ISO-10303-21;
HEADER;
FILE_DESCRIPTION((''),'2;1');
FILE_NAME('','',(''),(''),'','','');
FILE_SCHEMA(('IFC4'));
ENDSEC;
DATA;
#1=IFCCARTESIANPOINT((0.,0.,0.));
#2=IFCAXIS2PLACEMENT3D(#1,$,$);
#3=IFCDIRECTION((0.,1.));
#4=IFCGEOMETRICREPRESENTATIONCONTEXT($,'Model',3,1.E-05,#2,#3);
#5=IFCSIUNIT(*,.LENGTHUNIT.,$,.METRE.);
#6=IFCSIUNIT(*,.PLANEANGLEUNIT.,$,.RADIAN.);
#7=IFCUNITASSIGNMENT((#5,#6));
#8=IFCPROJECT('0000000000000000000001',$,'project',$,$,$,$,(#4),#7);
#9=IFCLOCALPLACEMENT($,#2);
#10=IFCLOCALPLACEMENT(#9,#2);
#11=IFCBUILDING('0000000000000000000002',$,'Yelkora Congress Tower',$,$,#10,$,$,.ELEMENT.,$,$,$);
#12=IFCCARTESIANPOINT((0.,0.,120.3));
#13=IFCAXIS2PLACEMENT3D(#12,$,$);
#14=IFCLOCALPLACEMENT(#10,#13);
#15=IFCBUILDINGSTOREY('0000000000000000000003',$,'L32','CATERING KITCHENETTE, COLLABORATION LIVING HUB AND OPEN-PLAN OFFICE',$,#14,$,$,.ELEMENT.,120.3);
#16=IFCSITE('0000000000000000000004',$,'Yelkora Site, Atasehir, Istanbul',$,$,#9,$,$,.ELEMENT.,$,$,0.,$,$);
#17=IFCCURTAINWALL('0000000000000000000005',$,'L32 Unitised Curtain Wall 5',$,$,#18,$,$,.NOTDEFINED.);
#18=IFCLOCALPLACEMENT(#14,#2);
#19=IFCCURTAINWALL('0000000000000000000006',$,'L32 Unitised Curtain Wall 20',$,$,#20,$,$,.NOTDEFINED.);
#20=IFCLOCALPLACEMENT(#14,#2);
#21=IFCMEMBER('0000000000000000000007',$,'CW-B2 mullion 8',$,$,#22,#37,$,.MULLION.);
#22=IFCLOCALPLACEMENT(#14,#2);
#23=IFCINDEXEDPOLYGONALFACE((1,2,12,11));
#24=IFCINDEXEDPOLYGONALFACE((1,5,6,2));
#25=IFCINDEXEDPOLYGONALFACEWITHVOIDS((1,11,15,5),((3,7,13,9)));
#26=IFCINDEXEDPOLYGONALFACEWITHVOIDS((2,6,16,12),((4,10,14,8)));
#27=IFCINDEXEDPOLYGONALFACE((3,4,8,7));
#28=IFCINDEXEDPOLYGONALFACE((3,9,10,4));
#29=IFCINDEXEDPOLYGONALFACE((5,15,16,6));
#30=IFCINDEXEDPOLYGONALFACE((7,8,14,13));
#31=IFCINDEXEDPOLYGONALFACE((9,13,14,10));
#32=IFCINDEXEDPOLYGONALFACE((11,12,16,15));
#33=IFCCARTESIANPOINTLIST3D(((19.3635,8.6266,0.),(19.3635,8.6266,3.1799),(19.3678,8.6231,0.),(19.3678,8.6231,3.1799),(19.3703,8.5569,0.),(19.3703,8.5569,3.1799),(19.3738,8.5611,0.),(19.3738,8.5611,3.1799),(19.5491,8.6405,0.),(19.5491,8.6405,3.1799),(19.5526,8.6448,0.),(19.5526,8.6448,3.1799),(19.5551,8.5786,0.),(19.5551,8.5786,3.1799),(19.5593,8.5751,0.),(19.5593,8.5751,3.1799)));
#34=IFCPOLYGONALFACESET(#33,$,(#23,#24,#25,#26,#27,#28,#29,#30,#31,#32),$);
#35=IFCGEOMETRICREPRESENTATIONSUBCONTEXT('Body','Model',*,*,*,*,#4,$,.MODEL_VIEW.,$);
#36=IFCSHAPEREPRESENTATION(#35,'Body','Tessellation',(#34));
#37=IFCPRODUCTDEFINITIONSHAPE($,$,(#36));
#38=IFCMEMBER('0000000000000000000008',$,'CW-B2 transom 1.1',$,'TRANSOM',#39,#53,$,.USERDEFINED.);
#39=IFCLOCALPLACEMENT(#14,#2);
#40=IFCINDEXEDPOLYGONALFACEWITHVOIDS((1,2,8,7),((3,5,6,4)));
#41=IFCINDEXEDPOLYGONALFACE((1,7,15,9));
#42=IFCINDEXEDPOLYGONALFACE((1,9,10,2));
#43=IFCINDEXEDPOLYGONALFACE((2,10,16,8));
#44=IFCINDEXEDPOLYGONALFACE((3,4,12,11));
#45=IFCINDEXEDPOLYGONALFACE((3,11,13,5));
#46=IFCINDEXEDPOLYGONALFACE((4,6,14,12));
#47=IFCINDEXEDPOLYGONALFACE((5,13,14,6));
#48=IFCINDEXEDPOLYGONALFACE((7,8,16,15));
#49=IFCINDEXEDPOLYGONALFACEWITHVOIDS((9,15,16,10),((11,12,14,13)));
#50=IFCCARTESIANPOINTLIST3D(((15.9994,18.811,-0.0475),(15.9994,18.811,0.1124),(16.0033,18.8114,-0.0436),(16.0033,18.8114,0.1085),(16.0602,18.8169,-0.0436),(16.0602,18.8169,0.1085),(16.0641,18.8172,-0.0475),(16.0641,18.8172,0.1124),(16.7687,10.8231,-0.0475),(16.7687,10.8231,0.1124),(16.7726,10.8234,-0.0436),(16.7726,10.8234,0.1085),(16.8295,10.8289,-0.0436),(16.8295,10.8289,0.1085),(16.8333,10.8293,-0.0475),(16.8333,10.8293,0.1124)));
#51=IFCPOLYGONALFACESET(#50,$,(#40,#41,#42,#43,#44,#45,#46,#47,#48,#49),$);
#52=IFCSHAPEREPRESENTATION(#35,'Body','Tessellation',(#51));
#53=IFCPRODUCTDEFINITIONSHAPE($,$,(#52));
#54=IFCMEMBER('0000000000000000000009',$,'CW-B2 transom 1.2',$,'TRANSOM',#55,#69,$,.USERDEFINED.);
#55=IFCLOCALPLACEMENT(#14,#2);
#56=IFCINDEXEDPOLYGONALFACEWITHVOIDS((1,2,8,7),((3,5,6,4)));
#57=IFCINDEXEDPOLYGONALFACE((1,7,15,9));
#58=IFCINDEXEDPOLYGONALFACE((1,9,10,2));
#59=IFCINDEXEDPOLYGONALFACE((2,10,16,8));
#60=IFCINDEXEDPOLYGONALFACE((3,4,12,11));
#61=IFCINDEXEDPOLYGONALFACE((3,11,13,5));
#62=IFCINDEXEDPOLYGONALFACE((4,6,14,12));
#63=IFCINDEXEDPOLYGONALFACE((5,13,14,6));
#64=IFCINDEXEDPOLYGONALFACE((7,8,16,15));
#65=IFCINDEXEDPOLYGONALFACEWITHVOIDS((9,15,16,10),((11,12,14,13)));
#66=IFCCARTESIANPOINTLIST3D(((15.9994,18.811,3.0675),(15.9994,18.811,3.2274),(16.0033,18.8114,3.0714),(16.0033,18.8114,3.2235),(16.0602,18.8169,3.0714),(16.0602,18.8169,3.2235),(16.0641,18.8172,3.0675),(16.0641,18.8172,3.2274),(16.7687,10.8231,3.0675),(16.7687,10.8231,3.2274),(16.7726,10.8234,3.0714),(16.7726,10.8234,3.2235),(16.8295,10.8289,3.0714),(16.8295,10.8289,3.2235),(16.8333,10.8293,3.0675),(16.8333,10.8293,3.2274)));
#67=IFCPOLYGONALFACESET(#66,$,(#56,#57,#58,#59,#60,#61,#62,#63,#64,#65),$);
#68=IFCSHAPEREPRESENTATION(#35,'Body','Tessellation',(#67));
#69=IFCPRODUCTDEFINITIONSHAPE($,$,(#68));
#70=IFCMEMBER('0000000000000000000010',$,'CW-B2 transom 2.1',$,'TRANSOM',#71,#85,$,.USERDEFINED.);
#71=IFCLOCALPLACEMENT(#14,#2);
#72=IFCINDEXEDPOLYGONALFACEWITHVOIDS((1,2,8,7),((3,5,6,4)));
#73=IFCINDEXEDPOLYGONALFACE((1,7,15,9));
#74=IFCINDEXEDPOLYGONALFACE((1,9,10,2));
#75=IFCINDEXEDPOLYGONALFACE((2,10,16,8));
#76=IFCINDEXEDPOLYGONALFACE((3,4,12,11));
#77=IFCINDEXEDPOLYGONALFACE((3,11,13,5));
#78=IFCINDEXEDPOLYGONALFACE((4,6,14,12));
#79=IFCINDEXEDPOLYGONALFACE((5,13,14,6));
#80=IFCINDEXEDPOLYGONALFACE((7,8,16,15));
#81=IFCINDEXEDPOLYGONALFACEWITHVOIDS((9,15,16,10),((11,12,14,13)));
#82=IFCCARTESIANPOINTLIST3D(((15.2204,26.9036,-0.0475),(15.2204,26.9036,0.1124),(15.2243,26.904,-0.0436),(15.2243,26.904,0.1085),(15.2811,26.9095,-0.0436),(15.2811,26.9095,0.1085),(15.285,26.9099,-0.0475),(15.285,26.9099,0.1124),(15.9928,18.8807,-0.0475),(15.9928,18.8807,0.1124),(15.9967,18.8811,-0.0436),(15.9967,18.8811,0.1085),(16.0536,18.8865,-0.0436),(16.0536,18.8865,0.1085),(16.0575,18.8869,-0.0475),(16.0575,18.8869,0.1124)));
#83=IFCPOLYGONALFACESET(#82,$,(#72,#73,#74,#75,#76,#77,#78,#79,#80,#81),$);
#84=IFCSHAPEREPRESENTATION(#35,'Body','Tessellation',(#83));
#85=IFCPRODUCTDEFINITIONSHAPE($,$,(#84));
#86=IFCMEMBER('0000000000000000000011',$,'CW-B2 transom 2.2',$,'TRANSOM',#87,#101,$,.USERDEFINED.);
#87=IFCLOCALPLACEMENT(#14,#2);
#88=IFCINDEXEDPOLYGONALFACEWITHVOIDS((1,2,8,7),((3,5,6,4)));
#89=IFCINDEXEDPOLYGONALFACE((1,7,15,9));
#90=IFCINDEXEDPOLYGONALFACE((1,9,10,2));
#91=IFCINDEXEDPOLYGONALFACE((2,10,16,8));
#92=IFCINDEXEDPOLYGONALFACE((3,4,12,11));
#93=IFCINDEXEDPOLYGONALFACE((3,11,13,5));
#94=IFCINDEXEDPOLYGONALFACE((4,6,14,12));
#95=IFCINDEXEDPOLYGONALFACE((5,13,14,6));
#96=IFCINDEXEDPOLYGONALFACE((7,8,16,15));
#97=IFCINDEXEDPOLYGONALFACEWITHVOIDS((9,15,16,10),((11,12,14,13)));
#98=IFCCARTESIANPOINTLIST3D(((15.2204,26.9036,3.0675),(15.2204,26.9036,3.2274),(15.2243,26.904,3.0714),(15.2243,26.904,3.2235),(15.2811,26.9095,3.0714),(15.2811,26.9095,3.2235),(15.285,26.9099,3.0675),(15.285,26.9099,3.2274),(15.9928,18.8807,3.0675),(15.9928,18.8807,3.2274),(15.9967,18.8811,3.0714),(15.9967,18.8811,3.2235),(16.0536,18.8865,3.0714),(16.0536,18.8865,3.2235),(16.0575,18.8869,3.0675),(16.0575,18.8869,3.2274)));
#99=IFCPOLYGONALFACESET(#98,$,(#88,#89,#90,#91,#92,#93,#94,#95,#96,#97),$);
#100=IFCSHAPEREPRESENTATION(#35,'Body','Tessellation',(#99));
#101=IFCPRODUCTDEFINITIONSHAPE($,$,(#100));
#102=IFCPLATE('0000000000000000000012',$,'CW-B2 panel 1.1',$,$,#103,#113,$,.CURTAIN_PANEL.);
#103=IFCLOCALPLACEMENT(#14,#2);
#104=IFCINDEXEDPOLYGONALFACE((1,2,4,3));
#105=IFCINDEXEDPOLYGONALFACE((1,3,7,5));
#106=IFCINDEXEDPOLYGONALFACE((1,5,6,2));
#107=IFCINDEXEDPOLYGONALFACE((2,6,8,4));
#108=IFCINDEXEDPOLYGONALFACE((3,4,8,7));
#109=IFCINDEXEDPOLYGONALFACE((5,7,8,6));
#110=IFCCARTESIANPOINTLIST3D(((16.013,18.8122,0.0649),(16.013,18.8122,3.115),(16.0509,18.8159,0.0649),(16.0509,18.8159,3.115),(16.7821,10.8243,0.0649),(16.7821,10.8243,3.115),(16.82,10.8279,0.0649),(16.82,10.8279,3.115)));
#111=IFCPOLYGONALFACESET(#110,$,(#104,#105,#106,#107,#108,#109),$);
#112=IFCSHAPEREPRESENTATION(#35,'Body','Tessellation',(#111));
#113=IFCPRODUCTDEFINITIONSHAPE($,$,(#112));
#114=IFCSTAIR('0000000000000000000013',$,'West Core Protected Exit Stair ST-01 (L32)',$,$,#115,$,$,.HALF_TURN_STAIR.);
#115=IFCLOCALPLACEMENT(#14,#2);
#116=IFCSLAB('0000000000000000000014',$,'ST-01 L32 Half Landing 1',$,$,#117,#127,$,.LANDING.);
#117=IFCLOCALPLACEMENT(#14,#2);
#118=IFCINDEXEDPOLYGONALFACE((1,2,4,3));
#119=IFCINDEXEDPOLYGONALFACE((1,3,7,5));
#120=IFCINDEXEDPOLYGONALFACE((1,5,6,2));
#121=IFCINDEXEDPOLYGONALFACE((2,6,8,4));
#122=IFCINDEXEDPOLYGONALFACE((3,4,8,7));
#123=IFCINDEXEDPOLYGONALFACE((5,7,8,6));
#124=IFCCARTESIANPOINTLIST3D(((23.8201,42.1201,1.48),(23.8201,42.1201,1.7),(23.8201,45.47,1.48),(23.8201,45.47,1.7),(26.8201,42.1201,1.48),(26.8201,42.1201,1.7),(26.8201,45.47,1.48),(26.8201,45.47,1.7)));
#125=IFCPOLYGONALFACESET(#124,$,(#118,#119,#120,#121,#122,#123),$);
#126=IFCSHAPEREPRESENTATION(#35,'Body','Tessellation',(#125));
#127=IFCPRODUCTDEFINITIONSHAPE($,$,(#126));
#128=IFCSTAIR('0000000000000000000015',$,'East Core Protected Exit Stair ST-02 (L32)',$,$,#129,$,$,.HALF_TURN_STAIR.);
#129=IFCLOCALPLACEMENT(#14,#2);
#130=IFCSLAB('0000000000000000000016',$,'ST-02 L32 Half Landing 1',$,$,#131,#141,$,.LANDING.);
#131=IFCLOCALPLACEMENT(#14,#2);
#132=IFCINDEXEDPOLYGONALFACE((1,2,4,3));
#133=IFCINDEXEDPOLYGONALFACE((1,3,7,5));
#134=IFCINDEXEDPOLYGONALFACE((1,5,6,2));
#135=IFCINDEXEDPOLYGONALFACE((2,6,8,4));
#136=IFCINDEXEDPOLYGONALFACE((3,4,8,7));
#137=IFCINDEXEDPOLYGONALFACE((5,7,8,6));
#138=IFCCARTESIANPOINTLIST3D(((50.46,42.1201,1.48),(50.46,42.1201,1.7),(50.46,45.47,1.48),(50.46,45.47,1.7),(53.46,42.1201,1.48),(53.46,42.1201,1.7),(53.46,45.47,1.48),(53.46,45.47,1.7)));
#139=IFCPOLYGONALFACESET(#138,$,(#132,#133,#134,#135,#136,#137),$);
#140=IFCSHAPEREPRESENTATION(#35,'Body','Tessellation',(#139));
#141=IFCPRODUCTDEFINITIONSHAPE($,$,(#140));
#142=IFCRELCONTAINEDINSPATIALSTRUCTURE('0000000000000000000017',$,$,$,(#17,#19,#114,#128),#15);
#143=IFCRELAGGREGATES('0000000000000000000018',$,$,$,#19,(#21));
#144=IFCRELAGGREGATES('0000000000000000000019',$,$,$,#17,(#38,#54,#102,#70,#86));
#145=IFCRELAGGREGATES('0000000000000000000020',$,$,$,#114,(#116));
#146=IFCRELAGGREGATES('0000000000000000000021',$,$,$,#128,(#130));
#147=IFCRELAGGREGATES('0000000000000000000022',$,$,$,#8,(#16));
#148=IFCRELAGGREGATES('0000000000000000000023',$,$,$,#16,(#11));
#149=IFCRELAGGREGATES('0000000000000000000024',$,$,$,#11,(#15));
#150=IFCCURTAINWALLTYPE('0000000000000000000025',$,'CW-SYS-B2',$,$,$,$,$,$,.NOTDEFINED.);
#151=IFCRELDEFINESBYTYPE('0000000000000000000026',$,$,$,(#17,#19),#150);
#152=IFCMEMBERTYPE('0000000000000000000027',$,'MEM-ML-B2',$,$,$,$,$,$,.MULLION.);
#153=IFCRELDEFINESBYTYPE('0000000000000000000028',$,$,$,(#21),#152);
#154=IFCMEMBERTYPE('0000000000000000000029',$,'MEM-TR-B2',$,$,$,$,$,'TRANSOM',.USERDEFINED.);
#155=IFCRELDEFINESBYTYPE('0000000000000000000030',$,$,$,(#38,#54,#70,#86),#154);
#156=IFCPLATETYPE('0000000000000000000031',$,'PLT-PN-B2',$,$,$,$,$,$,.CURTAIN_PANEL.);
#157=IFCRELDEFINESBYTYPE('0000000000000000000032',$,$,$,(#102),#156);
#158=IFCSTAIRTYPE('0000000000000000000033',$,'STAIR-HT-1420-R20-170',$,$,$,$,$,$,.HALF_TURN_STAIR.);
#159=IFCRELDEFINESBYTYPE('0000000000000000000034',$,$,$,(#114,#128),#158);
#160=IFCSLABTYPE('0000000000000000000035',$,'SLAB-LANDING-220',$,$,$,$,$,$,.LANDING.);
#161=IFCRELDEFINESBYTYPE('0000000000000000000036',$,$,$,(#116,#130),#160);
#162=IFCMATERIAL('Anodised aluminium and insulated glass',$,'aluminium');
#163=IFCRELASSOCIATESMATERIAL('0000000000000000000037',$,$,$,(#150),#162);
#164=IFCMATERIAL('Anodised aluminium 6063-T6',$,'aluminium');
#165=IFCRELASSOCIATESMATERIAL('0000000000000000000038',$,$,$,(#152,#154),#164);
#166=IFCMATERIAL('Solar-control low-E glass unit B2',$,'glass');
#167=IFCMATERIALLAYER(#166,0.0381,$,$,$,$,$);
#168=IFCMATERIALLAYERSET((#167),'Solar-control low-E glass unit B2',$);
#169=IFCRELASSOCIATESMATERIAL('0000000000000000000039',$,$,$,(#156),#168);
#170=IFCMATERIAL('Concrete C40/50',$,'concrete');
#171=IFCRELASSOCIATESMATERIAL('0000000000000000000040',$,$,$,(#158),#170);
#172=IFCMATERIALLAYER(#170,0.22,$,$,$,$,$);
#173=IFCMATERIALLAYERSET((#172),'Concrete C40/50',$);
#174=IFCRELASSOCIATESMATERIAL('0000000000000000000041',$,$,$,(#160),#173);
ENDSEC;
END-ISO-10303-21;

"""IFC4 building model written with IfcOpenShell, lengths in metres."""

from ifc_helpers import new_model, si_unit, direction, frame, origin, origin_2d, place, context, subcontext, project, spatial, polyline, rectangle, hollow_rectangle, outline, extrude, material, layer, layer_set, material_profile, profile_set, type_object, element, aggregate, save


model = new_model("IFC4")

# Units and contexts
model_context = context("Model", 3, precision=1e-05, world=origin(), true_north=direction((0.0, 1.0)))
body_context = subcontext(model_context, "Body", "Model", "MODEL_VIEW")
ifc_project = project(units=[si_unit("LENGTHUNIT", "METRE"), si_unit("PLANEANGLEUNIT", "RADIAN")], contexts=[model_context])

# Site, building, storey
site_placement = place(None, origin())
site = spatial("IfcSite", under=ifc_project, at=site_placement, Name="Yelkora Site, Atasehir, Istanbul", CompositionType="ELEMENT", RefElevation=0.0)
building_placement = place(site_placement, origin())
building = spatial("IfcBuilding", under=site, at=building_placement, Name="Yelkora Congress Tower", CompositionType="ELEMENT")
storey_placement = place(building_placement, frame((0.0, 0.0, 120.3)))
storey = spatial("IfcBuildingStorey", under=building, at=storey_placement, Name="L32", Description="CATERING KITCHENETTE, COLLABORATION LIVING HUB AND OPEN-PLAN OFFICE", CompositionType="ELEMENT", Elevation=120.3)

# Curtain wall
ifc_material_1 = material(Name="Anodised aluminium and insulated glass", Category="aluminium")
curtain_wall_type = type_object("IfcCurtainWallType", Name="CW-SYS-B2", PredefinedType="NOTDEFINED", material=ifc_material_1)
curtain_wall_1_placement = place(storey_placement, origin())
curtain_wall_1 = element("IfcCurtainWall", 1, at=curtain_wall_1_placement, inside=storey, type_object=curtain_wall_type, Name="L32 Unitised Curtain Wall 5", PredefinedType="NOTDEFINED")
ifc_material_2 = material(Name="Anodised aluminium 6063-T6", Category="aluminium")
ifc_material_profile_1 = material_profile(ifc_material_2, hollow_rectangle(XDim=0.0701, YDim=0.1899, WallThickness=0.0039, at=origin_2d()), Name="ALU 70x190x4")
ifc_profile_set_1 = profile_set([ifc_material_profile_1], Name="Anodised aluminium 6063-T6")
member_type_1 = type_object("IfcMemberType", Name="MEM-ML-B2", PredefinedType="MULLION", material=ifc_profile_set_1)

# Curtain wall, member
curtain_wall_2_placement = place(storey_placement, origin())
curtain_wall_2 = element("IfcCurtainWall", 2, at=curtain_wall_2_placement, inside=storey, type_object=curtain_wall_type, Name="L32 Unitised Curtain Wall 20", PredefinedType="NOTDEFINED")
member_1_placement = place(storey_placement, frame((19.4614, 8.6008, 0.0), z_axis=(0.0, 0.0, 1.0), x_axis=(0.095844, -0.995396, 0.0)))
member_1 = element("IfcMember", 3, at=member_1_placement, type_object=member_type_1, Name="CW-B2 mullion 8", PredefinedType="MULLION", context=body_context, shape_type="SweptSolid", body=[
    extrude(hollow_rectangle(XDim=0.0701, YDim=0.1899, WallThickness=0.0039, at=origin_2d()), origin(), (0.0, 0.0, 1.0), 3.1799),
])
aggregate(curtain_wall_2, [member_1])

# Members
ifc_material_profile_2 = material_profile(ifc_material_2, hollow_rectangle(XDim=0.0649, YDim=0.1599, WallThickness=0.0039, at=origin_2d()), Name="ALU 65x160x4")
ifc_profile_set_2 = profile_set([ifc_material_profile_2], Name="Anodised aluminium 6063-T6")
member_type_2 = type_object("IfcMemberType", Name="MEM-TR-B2", ElementType="TRANSOM", PredefinedType="USERDEFINED", material=ifc_profile_set_2)
member_2_placement = place(storey_placement, frame((16.801, 10.8262, 0.0325), z_axis=(-0.095861, 0.995395, 0.0), x_axis=(-0.995395, -0.095861, 0.0)))
member_2 = element("IfcMember", 4, at=member_2_placement, type_object=member_type_2, Name="CW-B2 transom 1.1", ObjectType="TRANSOM", PredefinedType="USERDEFINED", context=body_context, shape_type="SweptSolid", body=[
    extrude(hollow_rectangle(XDim=0.0649, YDim=0.1599, WallThickness=0.0039, at=origin_2d()), origin(), (0.0, 0.0, 1.0), 8.0249),
])
member_3_placement = place(storey_placement, frame((16.801, 10.8262, 3.1475), z_axis=(-0.095861, 0.995395, 0.0), x_axis=(-0.995395, -0.095861, 0.0)))
member_3 = element("IfcMember", 5, at=member_3_placement, type_object=member_type_2, Name="CW-B2 transom 1.2", ObjectType="TRANSOM", PredefinedType="USERDEFINED", context=body_context, shape_type="SweptSolid", body=[
    extrude(hollow_rectangle(XDim=0.0649, YDim=0.1599, WallThickness=0.0039, at=origin_2d()), origin(), (0.0, 0.0, 1.0), 8.0249),
])
member_4_placement = place(storey_placement, frame((16.0251, 18.8838, 0.0325), z_axis=(-0.095838, 0.995397, 0.0), x_axis=(-0.995397, -0.095838, 0.0)))
member_4 = element("IfcMember", 6, at=member_4_placement, type_object=member_type_2, Name="CW-B2 transom 2.1", ObjectType="TRANSOM", PredefinedType="USERDEFINED", context=body_context, shape_type="SweptSolid", body=[
    extrude(hollow_rectangle(XDim=0.0649, YDim=0.1599, WallThickness=0.0039, at=origin_2d()), origin(), (0.0, 0.0, 1.0), 8.0601),
])
member_5_placement = place(storey_placement, frame((16.0251, 18.8838, 3.1475), z_axis=(-0.095838, 0.995397, 0.0), x_axis=(-0.995397, -0.095838, 0.0)))
member_5 = element("IfcMember", 7, at=member_5_placement, type_object=member_type_2, Name="CW-B2 transom 2.2", ObjectType="TRANSOM", PredefinedType="USERDEFINED", context=body_context, shape_type="SweptSolid", body=[
    extrude(hollow_rectangle(XDim=0.0649, YDim=0.1599, WallThickness=0.0039, at=origin_2d()), origin(), (0.0, 0.0, 1.0), 8.0601),
])

# Plate
ifc_material_3 = material(Name="Solar-control low-E glass unit B2", Category="glass")
ifc_layer_1 = layer(ifc_material_3, 0.0381)
ifc_layer_set_1 = layer_set([ifc_layer_1], Name="Solar-control low-E glass unit B2")
plate_type = type_object("IfcPlateType", Name="PLT-PN-B2", PredefinedType="CURTAIN_PANEL", material=ifc_layer_set_1)
plate_placement = place(storey_placement, frame((16.4165, 14.8201, 0.0649), z_axis=(0.0, 0.0, 1.0), x_axis=(-0.095843, 0.995397, 0.0)))
plate = element("IfcPlate", 8, at=plate_placement, type_object=plate_type, Name="CW-B2 panel 1.1", PredefinedType="CURTAIN_PANEL", context=body_context, shape_type="SweptSolid", body=[
    extrude(rectangle(XDim=8.0249, YDim=0.0381, at=origin_2d()), origin(), (0.0, 0.0, 1.0), 3.05),
])
aggregate(curtain_wall_1, [member_2, member_3, plate, member_4, member_5])

# Stairs, slabs
ifc_material_4 = material(Name="Concrete C40/50", Category="concrete")
stair_type = type_object("IfcStairType", Name="STAIR-HT-1420-R20-170", PredefinedType="HALF_TURN_STAIR", material=ifc_material_4)
stair_1_placement = place(storey_placement, origin())
stair_1 = element("IfcStair", 9, at=stair_1_placement, inside=storey, type_object=stair_type, Name="West Core Protected Exit Stair ST-01 (L32)", PredefinedType="HALF_TURN_STAIR")
ifc_layer_2 = layer(ifc_material_4, 0.22)
ifc_layer_set_2 = layer_set([ifc_layer_2], Name="Concrete C40/50")
slab_type_1 = type_object("IfcSlabType", Name="SLAB-LANDING-220", PredefinedType="LANDING", material=ifc_layer_set_2)
slab_1_placement = place(storey_placement, frame((0.0, 0.0, 1.48)))
slab_1 = element("IfcSlab", 10, at=slab_1_placement, type_object=slab_type_1, Name="ST-01 L32 Half Landing 1", PredefinedType="LANDING", context=body_context, shape_type="SweptSolid", body=[
    extrude(outline(polyline([(26.8201, 42.1201), (26.8201, 45.47), (23.8201, 45.47), (23.8201, 42.1201), (26.8201, 42.1201)])), origin(), (0.0, 0.0, 1.0), 0.22),
])
aggregate(stair_1, [slab_1])
stair_2_placement = place(storey_placement, origin())
stair_2 = element("IfcStair", 11, at=stair_2_placement, inside=storey, type_object=stair_type, Name="East Core Protected Exit Stair ST-02 (L32)", PredefinedType="HALF_TURN_STAIR")
slab_2_placement = place(storey_placement, frame((0.0, 0.0, 1.48)))
slab_2 = element("IfcSlab", 12, at=slab_2_placement, type_object=slab_type_1, Name="ST-02 L32 Half Landing 1", PredefinedType="LANDING", context=body_context, shape_type="SweptSolid", body=[
    extrude(outline(polyline([(53.46, 42.1201), (53.46, 45.47), (50.46, 45.47), (50.46, 42.1201), (53.46, 42.1201)])), origin(), (0.0, 0.0, 1.0), 0.22),
])
aggregate(stair_2, [slab_2])

save(model, "model.ifc")
